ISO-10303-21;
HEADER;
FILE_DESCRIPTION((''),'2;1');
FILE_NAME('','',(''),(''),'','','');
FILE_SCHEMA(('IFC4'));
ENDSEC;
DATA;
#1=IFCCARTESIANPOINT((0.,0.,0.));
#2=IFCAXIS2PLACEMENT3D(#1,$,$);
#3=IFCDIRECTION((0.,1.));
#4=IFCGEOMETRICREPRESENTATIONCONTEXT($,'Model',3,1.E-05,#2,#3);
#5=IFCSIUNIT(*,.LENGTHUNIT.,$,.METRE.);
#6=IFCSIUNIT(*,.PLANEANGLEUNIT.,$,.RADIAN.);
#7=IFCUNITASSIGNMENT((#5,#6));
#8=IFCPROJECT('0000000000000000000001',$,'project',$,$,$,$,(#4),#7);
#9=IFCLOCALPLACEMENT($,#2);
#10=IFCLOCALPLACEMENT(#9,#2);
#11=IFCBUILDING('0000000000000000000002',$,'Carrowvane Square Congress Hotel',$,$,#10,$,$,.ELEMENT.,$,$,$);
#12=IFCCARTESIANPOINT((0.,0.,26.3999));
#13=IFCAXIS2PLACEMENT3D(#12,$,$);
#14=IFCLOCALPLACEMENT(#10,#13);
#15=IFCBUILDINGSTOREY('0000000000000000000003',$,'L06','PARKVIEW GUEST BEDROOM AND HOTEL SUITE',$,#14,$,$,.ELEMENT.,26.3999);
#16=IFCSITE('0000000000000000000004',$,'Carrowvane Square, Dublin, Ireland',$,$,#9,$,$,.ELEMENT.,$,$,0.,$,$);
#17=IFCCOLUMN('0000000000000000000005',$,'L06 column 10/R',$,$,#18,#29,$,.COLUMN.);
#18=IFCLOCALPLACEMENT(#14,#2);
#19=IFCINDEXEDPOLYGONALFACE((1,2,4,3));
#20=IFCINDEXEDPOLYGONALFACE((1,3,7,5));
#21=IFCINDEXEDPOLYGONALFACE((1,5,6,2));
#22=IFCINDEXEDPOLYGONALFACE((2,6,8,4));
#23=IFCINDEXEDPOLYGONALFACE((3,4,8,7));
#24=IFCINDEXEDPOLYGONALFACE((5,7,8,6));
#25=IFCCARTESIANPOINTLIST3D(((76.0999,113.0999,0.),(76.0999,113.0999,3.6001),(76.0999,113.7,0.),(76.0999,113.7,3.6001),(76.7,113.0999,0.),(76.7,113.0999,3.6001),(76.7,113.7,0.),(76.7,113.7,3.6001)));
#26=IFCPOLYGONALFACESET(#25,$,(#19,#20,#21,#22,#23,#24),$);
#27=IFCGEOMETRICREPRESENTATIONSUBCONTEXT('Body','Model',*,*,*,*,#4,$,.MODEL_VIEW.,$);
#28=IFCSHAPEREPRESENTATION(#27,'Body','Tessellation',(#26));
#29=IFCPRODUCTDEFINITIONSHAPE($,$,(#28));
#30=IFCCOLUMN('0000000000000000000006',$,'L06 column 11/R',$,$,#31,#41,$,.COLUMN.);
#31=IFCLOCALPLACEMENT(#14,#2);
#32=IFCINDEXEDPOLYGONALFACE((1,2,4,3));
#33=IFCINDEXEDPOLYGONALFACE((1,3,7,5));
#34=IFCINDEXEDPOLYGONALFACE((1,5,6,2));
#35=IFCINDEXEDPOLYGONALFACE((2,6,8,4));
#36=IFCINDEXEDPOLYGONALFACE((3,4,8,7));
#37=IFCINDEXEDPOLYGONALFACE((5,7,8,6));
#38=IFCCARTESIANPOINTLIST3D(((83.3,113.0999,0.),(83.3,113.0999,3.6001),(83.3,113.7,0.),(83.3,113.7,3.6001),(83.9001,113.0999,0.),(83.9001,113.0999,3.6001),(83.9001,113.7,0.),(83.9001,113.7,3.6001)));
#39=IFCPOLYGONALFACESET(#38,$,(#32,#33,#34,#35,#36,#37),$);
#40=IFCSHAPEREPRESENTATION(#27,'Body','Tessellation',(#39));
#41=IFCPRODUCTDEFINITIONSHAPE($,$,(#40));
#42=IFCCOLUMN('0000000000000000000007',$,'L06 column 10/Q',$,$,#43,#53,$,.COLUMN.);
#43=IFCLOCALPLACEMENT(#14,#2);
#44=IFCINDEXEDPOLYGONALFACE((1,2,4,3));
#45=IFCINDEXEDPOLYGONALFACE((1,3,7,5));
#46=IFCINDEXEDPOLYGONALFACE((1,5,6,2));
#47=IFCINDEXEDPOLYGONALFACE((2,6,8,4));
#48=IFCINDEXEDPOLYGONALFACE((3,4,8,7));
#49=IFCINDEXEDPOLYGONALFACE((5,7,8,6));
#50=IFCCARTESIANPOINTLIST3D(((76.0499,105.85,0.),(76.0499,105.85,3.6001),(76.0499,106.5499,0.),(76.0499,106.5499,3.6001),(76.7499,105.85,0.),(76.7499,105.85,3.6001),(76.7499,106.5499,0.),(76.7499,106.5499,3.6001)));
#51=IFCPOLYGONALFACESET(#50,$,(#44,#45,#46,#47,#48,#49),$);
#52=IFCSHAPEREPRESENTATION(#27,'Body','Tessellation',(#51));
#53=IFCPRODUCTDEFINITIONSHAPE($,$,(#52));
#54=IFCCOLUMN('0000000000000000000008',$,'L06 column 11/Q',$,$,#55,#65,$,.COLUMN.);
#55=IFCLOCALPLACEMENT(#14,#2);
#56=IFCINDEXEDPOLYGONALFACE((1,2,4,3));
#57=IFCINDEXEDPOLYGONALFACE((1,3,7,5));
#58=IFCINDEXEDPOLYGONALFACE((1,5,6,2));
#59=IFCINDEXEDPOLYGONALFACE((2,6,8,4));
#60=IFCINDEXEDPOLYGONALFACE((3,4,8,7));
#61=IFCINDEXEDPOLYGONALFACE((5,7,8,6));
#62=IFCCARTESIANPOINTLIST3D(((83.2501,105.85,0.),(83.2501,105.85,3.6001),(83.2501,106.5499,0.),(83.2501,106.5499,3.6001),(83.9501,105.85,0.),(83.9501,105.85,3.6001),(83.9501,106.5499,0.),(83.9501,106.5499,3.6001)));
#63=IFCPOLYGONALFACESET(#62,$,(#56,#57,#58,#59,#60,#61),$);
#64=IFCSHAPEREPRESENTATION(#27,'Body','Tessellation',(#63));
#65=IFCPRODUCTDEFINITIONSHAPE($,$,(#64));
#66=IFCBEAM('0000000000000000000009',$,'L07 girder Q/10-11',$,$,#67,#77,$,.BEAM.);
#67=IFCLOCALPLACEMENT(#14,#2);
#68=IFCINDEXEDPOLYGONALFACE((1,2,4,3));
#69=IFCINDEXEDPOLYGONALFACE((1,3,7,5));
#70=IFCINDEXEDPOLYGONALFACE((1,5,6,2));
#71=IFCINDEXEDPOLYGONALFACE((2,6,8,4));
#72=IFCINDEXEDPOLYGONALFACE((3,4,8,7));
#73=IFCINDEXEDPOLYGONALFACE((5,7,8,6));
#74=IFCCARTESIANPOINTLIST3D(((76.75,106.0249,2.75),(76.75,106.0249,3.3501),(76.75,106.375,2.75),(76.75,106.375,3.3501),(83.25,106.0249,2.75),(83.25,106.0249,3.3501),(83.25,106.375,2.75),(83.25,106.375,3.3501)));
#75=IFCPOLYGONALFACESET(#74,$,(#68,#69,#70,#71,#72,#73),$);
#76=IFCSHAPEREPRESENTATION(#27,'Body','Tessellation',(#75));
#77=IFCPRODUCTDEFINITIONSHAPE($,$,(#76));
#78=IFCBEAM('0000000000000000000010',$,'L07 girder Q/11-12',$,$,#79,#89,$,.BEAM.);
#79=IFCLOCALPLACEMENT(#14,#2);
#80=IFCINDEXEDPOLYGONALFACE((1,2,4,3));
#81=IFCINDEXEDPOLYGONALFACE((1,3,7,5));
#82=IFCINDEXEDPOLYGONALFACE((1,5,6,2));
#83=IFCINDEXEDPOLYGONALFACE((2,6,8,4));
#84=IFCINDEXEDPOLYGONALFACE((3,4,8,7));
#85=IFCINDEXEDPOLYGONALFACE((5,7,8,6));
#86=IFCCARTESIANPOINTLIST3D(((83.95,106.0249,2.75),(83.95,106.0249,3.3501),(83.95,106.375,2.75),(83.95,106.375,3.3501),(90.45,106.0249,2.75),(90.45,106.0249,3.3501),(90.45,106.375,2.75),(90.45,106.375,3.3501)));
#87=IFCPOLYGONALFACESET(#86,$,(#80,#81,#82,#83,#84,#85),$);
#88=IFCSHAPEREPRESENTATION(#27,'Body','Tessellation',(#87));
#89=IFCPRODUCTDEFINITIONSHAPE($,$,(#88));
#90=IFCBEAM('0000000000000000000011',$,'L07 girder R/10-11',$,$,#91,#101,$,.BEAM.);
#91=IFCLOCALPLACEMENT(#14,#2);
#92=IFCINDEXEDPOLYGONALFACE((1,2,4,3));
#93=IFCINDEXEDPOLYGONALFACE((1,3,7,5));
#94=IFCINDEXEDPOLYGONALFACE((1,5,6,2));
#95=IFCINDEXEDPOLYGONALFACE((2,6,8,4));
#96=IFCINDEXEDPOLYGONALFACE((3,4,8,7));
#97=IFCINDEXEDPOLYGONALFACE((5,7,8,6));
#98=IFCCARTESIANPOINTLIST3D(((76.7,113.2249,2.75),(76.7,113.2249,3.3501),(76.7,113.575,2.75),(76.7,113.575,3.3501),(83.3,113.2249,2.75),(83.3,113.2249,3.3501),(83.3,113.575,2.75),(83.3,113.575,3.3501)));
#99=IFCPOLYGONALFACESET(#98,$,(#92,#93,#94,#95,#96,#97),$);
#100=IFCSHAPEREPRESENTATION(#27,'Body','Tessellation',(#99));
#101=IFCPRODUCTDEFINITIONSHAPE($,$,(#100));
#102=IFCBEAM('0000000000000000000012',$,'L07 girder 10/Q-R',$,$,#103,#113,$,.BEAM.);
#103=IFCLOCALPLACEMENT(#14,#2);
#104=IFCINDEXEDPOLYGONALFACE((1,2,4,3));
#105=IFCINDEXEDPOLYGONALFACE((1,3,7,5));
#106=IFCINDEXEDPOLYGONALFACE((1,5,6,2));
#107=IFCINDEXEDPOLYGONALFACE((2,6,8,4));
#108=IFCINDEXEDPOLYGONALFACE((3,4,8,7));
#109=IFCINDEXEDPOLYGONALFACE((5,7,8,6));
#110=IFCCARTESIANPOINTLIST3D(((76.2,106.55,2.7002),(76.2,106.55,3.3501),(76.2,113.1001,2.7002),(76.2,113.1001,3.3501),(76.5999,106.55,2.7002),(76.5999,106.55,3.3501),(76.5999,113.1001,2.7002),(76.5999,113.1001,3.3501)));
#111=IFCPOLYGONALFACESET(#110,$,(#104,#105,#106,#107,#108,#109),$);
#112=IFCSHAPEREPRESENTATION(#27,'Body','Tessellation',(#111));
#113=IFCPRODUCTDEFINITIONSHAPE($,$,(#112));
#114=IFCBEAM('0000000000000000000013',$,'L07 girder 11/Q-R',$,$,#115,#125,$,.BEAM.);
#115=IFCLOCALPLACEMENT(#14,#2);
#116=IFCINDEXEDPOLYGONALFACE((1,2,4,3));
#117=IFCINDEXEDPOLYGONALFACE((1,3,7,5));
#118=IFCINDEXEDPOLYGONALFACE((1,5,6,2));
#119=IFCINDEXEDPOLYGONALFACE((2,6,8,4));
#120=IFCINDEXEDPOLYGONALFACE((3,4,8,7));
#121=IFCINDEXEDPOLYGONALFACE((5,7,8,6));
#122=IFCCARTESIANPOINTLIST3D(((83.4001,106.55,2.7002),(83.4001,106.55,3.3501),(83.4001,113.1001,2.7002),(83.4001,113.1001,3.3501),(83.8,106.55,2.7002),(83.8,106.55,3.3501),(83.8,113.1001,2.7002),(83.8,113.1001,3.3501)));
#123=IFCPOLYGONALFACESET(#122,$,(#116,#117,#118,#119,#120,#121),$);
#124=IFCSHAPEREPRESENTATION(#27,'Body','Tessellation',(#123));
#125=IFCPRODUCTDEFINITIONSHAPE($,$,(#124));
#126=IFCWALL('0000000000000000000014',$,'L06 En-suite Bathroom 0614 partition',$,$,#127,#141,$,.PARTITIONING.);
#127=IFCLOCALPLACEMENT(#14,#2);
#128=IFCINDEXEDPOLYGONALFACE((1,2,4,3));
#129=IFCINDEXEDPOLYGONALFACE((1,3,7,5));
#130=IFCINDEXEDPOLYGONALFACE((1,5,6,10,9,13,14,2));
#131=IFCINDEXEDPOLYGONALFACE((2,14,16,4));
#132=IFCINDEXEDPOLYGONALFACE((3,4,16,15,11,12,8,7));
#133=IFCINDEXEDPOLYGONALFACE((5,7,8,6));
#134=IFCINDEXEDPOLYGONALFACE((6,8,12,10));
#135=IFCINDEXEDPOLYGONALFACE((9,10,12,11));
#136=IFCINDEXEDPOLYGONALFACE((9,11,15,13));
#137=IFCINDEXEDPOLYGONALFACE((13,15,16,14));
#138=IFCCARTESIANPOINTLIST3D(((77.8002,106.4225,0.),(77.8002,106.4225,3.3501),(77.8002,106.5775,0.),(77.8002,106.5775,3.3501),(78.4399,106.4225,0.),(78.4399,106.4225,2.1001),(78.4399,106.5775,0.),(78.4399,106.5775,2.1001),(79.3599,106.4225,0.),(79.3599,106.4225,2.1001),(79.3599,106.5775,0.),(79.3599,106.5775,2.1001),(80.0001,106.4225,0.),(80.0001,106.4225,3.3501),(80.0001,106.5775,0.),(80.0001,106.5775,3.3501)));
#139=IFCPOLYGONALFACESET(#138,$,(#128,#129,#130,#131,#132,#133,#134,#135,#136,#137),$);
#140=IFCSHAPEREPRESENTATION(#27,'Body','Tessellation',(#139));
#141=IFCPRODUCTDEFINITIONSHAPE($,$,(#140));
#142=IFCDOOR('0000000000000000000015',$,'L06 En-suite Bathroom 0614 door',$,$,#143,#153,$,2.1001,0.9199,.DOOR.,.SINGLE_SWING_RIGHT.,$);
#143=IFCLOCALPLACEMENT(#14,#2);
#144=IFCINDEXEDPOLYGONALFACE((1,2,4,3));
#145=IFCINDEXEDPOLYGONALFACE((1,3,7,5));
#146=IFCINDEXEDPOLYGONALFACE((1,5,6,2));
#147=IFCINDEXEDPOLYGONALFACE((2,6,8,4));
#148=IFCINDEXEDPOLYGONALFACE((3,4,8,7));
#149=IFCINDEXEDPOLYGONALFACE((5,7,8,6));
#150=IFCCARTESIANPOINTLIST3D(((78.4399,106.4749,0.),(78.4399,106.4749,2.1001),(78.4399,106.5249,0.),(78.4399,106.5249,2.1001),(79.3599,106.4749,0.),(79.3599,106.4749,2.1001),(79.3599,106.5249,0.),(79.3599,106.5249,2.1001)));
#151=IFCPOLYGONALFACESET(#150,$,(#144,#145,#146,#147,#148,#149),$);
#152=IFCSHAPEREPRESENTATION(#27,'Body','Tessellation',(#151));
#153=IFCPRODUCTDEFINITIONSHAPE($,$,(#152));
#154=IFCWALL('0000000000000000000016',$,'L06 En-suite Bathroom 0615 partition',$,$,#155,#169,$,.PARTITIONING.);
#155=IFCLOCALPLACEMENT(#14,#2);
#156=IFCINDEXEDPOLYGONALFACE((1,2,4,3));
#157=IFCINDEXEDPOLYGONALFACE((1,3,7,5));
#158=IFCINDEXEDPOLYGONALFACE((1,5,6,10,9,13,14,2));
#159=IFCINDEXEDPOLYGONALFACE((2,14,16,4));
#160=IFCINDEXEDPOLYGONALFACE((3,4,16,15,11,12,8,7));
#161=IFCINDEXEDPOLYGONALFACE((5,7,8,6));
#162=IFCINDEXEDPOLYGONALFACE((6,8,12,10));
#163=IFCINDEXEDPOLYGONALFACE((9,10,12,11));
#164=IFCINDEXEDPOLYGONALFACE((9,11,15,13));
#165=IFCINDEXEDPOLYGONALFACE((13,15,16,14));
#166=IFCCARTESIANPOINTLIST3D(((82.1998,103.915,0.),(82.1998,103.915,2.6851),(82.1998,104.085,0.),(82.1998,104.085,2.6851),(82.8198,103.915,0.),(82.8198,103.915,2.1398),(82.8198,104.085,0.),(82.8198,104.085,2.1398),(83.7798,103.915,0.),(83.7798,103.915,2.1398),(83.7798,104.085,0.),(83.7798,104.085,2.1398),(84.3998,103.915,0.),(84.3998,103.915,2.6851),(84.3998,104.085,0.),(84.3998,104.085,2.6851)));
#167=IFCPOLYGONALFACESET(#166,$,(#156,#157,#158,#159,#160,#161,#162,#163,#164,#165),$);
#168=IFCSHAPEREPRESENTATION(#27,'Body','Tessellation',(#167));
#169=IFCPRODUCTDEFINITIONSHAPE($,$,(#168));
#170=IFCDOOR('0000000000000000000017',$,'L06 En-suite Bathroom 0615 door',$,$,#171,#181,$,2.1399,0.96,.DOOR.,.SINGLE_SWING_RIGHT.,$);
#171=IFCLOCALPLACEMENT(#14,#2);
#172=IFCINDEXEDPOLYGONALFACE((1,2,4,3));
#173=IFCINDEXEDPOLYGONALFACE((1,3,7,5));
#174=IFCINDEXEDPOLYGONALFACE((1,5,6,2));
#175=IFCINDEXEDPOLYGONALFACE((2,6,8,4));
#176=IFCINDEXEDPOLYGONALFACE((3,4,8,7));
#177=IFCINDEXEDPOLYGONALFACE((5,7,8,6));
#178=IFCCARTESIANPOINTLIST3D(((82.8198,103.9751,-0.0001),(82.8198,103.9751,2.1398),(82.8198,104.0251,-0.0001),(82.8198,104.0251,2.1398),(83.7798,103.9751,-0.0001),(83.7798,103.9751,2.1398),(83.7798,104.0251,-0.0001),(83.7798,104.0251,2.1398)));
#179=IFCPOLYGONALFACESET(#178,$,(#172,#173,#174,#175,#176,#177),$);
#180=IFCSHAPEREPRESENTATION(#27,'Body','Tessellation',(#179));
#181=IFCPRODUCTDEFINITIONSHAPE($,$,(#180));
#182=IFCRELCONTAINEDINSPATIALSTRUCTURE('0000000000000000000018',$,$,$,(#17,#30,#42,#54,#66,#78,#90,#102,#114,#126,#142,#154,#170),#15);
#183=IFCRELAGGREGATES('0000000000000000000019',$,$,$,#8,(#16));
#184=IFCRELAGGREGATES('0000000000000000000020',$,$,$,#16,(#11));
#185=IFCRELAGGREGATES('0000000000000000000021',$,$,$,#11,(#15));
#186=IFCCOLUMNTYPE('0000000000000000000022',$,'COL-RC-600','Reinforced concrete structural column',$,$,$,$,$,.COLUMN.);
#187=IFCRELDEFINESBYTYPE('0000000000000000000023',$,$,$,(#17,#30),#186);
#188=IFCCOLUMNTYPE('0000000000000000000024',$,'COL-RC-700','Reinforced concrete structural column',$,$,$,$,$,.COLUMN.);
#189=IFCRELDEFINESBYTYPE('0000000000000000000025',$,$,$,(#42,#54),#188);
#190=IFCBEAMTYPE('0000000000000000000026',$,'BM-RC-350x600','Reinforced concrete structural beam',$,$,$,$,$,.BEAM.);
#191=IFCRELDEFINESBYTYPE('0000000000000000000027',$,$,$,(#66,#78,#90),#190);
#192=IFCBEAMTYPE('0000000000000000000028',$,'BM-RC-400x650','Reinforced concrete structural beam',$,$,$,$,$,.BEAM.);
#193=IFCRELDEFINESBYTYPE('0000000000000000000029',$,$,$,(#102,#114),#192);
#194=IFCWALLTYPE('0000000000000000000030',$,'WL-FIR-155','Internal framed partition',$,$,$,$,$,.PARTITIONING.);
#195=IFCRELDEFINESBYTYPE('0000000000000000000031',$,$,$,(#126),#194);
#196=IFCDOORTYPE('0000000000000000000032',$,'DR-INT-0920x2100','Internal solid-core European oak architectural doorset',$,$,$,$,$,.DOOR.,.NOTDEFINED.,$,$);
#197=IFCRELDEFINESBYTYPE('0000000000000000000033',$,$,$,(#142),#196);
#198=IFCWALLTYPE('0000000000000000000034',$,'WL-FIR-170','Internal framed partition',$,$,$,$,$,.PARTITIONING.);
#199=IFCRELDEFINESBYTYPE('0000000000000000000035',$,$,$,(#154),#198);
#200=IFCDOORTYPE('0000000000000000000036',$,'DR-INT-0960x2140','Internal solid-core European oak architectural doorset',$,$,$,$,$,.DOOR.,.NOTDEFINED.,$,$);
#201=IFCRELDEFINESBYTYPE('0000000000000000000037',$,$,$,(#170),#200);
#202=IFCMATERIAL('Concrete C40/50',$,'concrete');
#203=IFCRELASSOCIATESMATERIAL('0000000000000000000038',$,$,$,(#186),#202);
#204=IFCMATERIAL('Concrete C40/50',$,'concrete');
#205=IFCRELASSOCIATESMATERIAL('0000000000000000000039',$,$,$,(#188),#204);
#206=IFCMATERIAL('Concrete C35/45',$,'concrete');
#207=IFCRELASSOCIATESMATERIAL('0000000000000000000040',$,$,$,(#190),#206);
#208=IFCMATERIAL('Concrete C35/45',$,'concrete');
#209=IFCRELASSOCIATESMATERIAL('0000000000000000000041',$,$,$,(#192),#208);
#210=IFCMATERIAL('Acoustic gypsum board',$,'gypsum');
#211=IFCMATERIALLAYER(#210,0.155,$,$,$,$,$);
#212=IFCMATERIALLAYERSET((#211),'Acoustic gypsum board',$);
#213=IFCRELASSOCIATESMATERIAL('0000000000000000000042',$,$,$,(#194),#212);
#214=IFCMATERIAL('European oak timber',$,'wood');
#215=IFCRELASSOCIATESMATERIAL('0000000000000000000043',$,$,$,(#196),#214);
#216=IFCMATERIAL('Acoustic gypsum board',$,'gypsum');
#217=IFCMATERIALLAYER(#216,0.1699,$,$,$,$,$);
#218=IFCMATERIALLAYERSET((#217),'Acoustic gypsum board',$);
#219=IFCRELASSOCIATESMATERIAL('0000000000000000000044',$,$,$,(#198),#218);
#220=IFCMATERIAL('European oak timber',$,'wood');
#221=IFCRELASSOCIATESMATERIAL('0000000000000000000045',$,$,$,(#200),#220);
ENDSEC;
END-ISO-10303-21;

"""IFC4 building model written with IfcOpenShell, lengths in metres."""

from ifc_helpers import new_model, si_unit, direction, frame, frame_2d, origin, origin_2d, place, context, subcontext, project, spatial, rectangle, extrude, material, layer, layer_set, material_profile, profile_set, type_object, element, fill, save


model = new_model("IFC4")

# Units and contexts
model_context = context("Model", 3, precision=1e-05, world=origin(), true_north=direction((0.0, 1.0)))
body_context = subcontext(model_context, "Body", "Model", "MODEL_VIEW")
ifc_project = project(units=[si_unit("LENGTHUNIT", "METRE"), si_unit("PLANEANGLEUNIT", "RADIAN")], contexts=[model_context])

# Site, building, storey
site_placement = place(None, origin())
site = spatial("IfcSite", under=ifc_project, at=site_placement, Name="Carrowvane Square, Dublin, Ireland", CompositionType="ELEMENT", RefElevation=0.0)
building_placement = place(site_placement, origin())
building = spatial("IfcBuilding", under=site, at=building_placement, Name="Carrowvane Square Congress Hotel", CompositionType="ELEMENT")
storey_placement = place(building_placement, frame((0.0, 0.0, 26.3999)))
storey = spatial("IfcBuildingStorey", under=building, at=storey_placement, Name="L06", Description="PARKVIEW GUEST BEDROOM AND HOTEL SUITE", CompositionType="ELEMENT", Elevation=26.3999)

# Columns
ifc_material_1 = material(Name="Concrete C40/50", Category="concrete")
ifc_material_profile_1 = material_profile(ifc_material_1, rectangle(XDim=0.6001, YDim=0.6001, at=origin_2d()), Name="RC 600x600")
ifc_profile_set_1 = profile_set([ifc_material_profile_1], Name="Concrete C40/50")
column_type_1 = type_object("IfcColumnType", Name="COL-RC-600", Description="Reinforced concrete structural column", PredefinedType="COLUMN", material=ifc_profile_set_1)
for number, where, z_axis, x_axis, name in (
    (1, (76.3999, 113.3999, 0.0), (0.0, 0.0, 1.0), (1.0, 0.0, 0.0), "L06 column 10/R"),
    (2, (83.6001, 113.3999, 0.0), (0.0, 0.0, 1.0), (1.0, 0.0, 0.0), "L06 column 11/R"),
):
    element("IfcColumn", number, at=place(storey_placement, frame(where, z_axis=z_axis, x_axis=x_axis)), inside=storey, type_object=column_type_1, Name=name, PredefinedType="COLUMN", context=body_context, shape_type="SweptSolid", body=[
        extrude(rectangle(XDim=0.6001, YDim=0.6001, at=origin_2d()), origin(), (0.0, 0.0, 1.0), 3.6001),
    ])
ifc_material_2 = material(Name="Concrete C40/50", Category="concrete")
ifc_material_profile_2 = material_profile(ifc_material_2, rectangle(XDim=0.7, YDim=0.7, at=origin_2d()), Name="RC 700x700")
ifc_profile_set_2 = profile_set([ifc_material_profile_2], Name="Concrete C40/50")
column_type_2 = type_object("IfcColumnType", Name="COL-RC-700", Description="Reinforced concrete structural column", PredefinedType="COLUMN", material=ifc_profile_set_2)
for number, where, z_axis, x_axis, name in (
    (3, (76.3999, 106.2, 0.0), (0.0, 0.0, 1.0), (1.0, 0.0, 0.0), "L06 column 10/Q"),
    (4, (83.6001, 106.2, 0.0), (0.0, 0.0, 1.0), (1.0, 0.0, 0.0), "L06 column 11/Q"),
):
    element("IfcColumn", number, at=place(storey_placement, frame(where, z_axis=z_axis, x_axis=x_axis)), inside=storey, type_object=column_type_2, Name=name, PredefinedType="COLUMN", context=body_context, shape_type="SweptSolid", body=[
        extrude(rectangle(XDim=0.7, YDim=0.7, at=origin_2d()), origin(), (0.0, 0.0, 1.0), 3.6001),
    ])

# Beams
ifc_material_3 = material(Name="Concrete C35/45", Category="concrete")
ifc_material_profile_3 = material_profile(ifc_material_3, rectangle(XDim=0.3501, YDim=0.6001, at=origin_2d()), Name="RC 350x600")
ifc_profile_set_3 = profile_set([ifc_material_profile_3], Name="Concrete C35/45")
beam_type_1 = type_object("IfcBeamType", Name="BM-RC-350x600", Description="Reinforced concrete structural beam", PredefinedType="BEAM", material=ifc_profile_set_3)
for number, where, z_axis, x_axis, name in (
    (5, (76.75, 106.2, 3.05), (1.0, 0.0, 0.0), (0.0, 1.0, 0.0), "L07 girder Q/10-11"),
    (6, (83.95, 106.2, 3.05), (1.0, 0.0, 0.0), (0.0, 1.0, 0.0), "L07 girder Q/11-12"),
):
    element("IfcBeam", number, at=place(storey_placement, frame(where, z_axis=z_axis, x_axis=x_axis)), inside=storey, type_object=beam_type_1, Name=name, PredefinedType="BEAM", context=body_context, shape_type="SweptSolid", body=[
        extrude(rectangle(XDim=0.3501, YDim=0.6001, at=origin_2d()), origin(), (0.0, 0.0, 1.0), 6.5),
    ])
beam_placement = place(storey_placement, frame((76.7, 113.3999, 3.05), z_axis=(1.0, 0.0, 0.0), x_axis=(0.0, 1.0, 0.0)))
element("IfcBeam", 7, at=beam_placement, inside=storey, type_object=beam_type_1, Name="L07 girder R/10-11", PredefinedType="BEAM", context=body_context, shape_type="SweptSolid", body=[
    extrude(rectangle(XDim=0.3501, YDim=0.6001, at=origin_2d()), origin(), (0.0, 0.0, 1.0), 6.6001),
])
ifc_material_4 = material(Name="Concrete C35/45", Category="concrete")
ifc_material_profile_4 = material_profile(ifc_material_4, rectangle(XDim=0.3999, YDim=0.6499, at=origin_2d()), Name="RC 400x650")
ifc_profile_set_4 = profile_set([ifc_material_profile_4], Name="Concrete C35/45")
beam_type_2 = type_object("IfcBeamType", Name="BM-RC-400x650", Description="Reinforced concrete structural beam", PredefinedType="BEAM", material=ifc_profile_set_4)
for number, where, z_axis, x_axis, name in (
    (8, (76.3999, 106.55, 3.0251), (0.0, 1.0, 0.0), (-1.0, 0.0, 0.0), "L07 girder 10/Q-R"),
    (9, (83.6001, 106.55, 3.0251), (0.0, 1.0, 0.0), (-1.0, 0.0, 0.0), "L07 girder 11/Q-R"),
):
    element("IfcBeam", number, at=place(storey_placement, frame(where, z_axis=z_axis, x_axis=x_axis)), inside=storey, type_object=beam_type_2, Name=name, PredefinedType="BEAM", context=body_context, shape_type="SweptSolid", body=[
        extrude(rectangle(XDim=0.3999, YDim=0.6499, at=origin_2d()), origin(), (0.0, 0.0, 1.0), 6.55),
    ])

# Walls, openings, doors
ifc_material_5 = material(Name="Acoustic gypsum board", Category="gypsum")
ifc_layer_1 = layer(ifc_material_5, 0.155)
ifc_layer_set_1 = layer_set([ifc_layer_1], Name="Acoustic gypsum board")
wall_type_1 = type_object("IfcWallType", Name="WL-FIR-155", Description="Internal framed partition", PredefinedType="PARTITIONING", material=ifc_layer_set_1)
wall_1_placement = place(storey_placement, frame((77.8, 106.5, 0.0), z_axis=(0.0, 0.0, 1.0), x_axis=(1.0, 0.0, 0.0)))
wall_1 = element("IfcWall", 10, at=wall_1_placement, inside=storey, type_object=wall_type_1, Name="L06 En-suite Bathroom 0614 partition", PredefinedType="PARTITIONING", context=body_context, shape_type="SweptSolid", body=[
    extrude(rectangle(XDim=2.2, YDim=0.155, at=frame_2d((1.1001, 0.0))), origin(), (0.0, 0.0, 1.0), 3.3501),
])
opening_1_placement = place(wall_1_placement, frame((0.6399, 0.0, 0.0)))
opening_1 = element("IfcOpeningElement", 11, at=opening_1_placement, cuts=wall_1, PredefinedType="OPENING", context=body_context, shape_type="SweptSolid", body=[
    extrude(rectangle(XDim=0.9199, YDim=2.1001, at=frame_2d((0.46, 1.05))), frame((0.0, 0.0874, 0.0), z_axis=(0.0, -1.0, 0.0), x_axis=(1.0, 0.0, 0.0)), (0.0, 0.0, 1.0), 0.175),
])
ifc_material_6 = material(Name="European oak timber", Category="wood")
door_type_1 = type_object("IfcDoorType", Name="DR-INT-0920x2100", Description="Internal solid-core European oak architectural doorset", OperationType="NOTDEFINED", PredefinedType="DOOR", material=ifc_material_6)
door_1_placement = place(opening_1_placement, origin())
door_1 = element("IfcDoor", 12, at=door_1_placement, inside=storey, type_object=door_type_1, Name="L06 En-suite Bathroom 0614 door", OperationType="SINGLE_SWING_RIGHT", OverallHeight=2.1001, OverallWidth=0.9199, PredefinedType="DOOR", context=body_context, shape_type="SweptSolid", body=[
    extrude(rectangle(XDim=0.9199, YDim=2.1001, at=frame_2d((0.46, 1.05))), frame((0.0, 0.0249, 0.0), z_axis=(0.0, -1.0, 0.0), x_axis=(1.0, 0.0, 0.0)), (0.0, 0.0, 1.0), 0.05),
])
fill(opening_1, door_1)
ifc_material_7 = material(Name="Acoustic gypsum board", Category="gypsum")
ifc_layer_2 = layer(ifc_material_7, 0.1699)
ifc_layer_set_2 = layer_set([ifc_layer_2], Name="Acoustic gypsum board")
wall_type_2 = type_object("IfcWallType", Name="WL-FIR-170", Description="Internal framed partition", PredefinedType="PARTITIONING", material=ifc_layer_set_2)
wall_2_placement = place(storey_placement, frame((84.3999, 104.0, 0.0), z_axis=(0.0, 0.0, 1.0), x_axis=(-1.0, 0.0, 0.0)))
wall_2 = element("IfcWall", 13, at=wall_2_placement, inside=storey, type_object=wall_type_2, Name="L06 En-suite Bathroom 0615 partition", PredefinedType="PARTITIONING", context=body_context, shape_type="SweptSolid", body=[
    extrude(rectangle(XDim=2.2, YDim=0.1699, at=frame_2d((1.1001, 0.0))), origin(), (0.0, 0.0, 1.0), 2.6851),
])
opening_2_placement = place(wall_2_placement, frame((0.6201, 0.0, 0.0)))
opening_2 = element("IfcOpeningElement", 14, at=opening_2_placement, cuts=wall_2, PredefinedType="OPENING", context=body_context, shape_type="SweptSolid", body=[
    extrude(rectangle(XDim=0.96, YDim=2.1399, at=frame_2d((0.48, 1.0698))), frame((0.0, 0.095, 0.0), z_axis=(0.0, -1.0, 0.0), x_axis=(1.0, 0.0, 0.0)), (0.0, 0.0, 1.0), 0.1899),
])
ifc_material_8 = material(Name="European oak timber", Category="wood")
door_type_2 = type_object("IfcDoorType", Name="DR-INT-0960x2140", Description="Internal solid-core European oak architectural doorset", OperationType="NOTDEFINED", PredefinedType="DOOR", material=ifc_material_8)
door_2_placement = place(opening_2_placement, origin())
door_2 = element("IfcDoor", 15, at=door_2_placement, inside=storey, type_object=door_type_2, Name="L06 En-suite Bathroom 0615 door", OperationType="SINGLE_SWING_RIGHT", OverallHeight=2.1399, OverallWidth=0.96, PredefinedType="DOOR", context=body_context, shape_type="SweptSolid", body=[
    extrude(rectangle(XDim=0.96, YDim=2.1399, at=frame_2d((0.48, 1.0698))), frame((0.0, 0.0249, 0.0), z_axis=(0.0, -1.0, 0.0), x_axis=(1.0, 0.0, 0.0)), (0.0, 0.0, 1.0), 0.05),
])
fill(opening_2, door_2)

save(model, "model.ifc")
